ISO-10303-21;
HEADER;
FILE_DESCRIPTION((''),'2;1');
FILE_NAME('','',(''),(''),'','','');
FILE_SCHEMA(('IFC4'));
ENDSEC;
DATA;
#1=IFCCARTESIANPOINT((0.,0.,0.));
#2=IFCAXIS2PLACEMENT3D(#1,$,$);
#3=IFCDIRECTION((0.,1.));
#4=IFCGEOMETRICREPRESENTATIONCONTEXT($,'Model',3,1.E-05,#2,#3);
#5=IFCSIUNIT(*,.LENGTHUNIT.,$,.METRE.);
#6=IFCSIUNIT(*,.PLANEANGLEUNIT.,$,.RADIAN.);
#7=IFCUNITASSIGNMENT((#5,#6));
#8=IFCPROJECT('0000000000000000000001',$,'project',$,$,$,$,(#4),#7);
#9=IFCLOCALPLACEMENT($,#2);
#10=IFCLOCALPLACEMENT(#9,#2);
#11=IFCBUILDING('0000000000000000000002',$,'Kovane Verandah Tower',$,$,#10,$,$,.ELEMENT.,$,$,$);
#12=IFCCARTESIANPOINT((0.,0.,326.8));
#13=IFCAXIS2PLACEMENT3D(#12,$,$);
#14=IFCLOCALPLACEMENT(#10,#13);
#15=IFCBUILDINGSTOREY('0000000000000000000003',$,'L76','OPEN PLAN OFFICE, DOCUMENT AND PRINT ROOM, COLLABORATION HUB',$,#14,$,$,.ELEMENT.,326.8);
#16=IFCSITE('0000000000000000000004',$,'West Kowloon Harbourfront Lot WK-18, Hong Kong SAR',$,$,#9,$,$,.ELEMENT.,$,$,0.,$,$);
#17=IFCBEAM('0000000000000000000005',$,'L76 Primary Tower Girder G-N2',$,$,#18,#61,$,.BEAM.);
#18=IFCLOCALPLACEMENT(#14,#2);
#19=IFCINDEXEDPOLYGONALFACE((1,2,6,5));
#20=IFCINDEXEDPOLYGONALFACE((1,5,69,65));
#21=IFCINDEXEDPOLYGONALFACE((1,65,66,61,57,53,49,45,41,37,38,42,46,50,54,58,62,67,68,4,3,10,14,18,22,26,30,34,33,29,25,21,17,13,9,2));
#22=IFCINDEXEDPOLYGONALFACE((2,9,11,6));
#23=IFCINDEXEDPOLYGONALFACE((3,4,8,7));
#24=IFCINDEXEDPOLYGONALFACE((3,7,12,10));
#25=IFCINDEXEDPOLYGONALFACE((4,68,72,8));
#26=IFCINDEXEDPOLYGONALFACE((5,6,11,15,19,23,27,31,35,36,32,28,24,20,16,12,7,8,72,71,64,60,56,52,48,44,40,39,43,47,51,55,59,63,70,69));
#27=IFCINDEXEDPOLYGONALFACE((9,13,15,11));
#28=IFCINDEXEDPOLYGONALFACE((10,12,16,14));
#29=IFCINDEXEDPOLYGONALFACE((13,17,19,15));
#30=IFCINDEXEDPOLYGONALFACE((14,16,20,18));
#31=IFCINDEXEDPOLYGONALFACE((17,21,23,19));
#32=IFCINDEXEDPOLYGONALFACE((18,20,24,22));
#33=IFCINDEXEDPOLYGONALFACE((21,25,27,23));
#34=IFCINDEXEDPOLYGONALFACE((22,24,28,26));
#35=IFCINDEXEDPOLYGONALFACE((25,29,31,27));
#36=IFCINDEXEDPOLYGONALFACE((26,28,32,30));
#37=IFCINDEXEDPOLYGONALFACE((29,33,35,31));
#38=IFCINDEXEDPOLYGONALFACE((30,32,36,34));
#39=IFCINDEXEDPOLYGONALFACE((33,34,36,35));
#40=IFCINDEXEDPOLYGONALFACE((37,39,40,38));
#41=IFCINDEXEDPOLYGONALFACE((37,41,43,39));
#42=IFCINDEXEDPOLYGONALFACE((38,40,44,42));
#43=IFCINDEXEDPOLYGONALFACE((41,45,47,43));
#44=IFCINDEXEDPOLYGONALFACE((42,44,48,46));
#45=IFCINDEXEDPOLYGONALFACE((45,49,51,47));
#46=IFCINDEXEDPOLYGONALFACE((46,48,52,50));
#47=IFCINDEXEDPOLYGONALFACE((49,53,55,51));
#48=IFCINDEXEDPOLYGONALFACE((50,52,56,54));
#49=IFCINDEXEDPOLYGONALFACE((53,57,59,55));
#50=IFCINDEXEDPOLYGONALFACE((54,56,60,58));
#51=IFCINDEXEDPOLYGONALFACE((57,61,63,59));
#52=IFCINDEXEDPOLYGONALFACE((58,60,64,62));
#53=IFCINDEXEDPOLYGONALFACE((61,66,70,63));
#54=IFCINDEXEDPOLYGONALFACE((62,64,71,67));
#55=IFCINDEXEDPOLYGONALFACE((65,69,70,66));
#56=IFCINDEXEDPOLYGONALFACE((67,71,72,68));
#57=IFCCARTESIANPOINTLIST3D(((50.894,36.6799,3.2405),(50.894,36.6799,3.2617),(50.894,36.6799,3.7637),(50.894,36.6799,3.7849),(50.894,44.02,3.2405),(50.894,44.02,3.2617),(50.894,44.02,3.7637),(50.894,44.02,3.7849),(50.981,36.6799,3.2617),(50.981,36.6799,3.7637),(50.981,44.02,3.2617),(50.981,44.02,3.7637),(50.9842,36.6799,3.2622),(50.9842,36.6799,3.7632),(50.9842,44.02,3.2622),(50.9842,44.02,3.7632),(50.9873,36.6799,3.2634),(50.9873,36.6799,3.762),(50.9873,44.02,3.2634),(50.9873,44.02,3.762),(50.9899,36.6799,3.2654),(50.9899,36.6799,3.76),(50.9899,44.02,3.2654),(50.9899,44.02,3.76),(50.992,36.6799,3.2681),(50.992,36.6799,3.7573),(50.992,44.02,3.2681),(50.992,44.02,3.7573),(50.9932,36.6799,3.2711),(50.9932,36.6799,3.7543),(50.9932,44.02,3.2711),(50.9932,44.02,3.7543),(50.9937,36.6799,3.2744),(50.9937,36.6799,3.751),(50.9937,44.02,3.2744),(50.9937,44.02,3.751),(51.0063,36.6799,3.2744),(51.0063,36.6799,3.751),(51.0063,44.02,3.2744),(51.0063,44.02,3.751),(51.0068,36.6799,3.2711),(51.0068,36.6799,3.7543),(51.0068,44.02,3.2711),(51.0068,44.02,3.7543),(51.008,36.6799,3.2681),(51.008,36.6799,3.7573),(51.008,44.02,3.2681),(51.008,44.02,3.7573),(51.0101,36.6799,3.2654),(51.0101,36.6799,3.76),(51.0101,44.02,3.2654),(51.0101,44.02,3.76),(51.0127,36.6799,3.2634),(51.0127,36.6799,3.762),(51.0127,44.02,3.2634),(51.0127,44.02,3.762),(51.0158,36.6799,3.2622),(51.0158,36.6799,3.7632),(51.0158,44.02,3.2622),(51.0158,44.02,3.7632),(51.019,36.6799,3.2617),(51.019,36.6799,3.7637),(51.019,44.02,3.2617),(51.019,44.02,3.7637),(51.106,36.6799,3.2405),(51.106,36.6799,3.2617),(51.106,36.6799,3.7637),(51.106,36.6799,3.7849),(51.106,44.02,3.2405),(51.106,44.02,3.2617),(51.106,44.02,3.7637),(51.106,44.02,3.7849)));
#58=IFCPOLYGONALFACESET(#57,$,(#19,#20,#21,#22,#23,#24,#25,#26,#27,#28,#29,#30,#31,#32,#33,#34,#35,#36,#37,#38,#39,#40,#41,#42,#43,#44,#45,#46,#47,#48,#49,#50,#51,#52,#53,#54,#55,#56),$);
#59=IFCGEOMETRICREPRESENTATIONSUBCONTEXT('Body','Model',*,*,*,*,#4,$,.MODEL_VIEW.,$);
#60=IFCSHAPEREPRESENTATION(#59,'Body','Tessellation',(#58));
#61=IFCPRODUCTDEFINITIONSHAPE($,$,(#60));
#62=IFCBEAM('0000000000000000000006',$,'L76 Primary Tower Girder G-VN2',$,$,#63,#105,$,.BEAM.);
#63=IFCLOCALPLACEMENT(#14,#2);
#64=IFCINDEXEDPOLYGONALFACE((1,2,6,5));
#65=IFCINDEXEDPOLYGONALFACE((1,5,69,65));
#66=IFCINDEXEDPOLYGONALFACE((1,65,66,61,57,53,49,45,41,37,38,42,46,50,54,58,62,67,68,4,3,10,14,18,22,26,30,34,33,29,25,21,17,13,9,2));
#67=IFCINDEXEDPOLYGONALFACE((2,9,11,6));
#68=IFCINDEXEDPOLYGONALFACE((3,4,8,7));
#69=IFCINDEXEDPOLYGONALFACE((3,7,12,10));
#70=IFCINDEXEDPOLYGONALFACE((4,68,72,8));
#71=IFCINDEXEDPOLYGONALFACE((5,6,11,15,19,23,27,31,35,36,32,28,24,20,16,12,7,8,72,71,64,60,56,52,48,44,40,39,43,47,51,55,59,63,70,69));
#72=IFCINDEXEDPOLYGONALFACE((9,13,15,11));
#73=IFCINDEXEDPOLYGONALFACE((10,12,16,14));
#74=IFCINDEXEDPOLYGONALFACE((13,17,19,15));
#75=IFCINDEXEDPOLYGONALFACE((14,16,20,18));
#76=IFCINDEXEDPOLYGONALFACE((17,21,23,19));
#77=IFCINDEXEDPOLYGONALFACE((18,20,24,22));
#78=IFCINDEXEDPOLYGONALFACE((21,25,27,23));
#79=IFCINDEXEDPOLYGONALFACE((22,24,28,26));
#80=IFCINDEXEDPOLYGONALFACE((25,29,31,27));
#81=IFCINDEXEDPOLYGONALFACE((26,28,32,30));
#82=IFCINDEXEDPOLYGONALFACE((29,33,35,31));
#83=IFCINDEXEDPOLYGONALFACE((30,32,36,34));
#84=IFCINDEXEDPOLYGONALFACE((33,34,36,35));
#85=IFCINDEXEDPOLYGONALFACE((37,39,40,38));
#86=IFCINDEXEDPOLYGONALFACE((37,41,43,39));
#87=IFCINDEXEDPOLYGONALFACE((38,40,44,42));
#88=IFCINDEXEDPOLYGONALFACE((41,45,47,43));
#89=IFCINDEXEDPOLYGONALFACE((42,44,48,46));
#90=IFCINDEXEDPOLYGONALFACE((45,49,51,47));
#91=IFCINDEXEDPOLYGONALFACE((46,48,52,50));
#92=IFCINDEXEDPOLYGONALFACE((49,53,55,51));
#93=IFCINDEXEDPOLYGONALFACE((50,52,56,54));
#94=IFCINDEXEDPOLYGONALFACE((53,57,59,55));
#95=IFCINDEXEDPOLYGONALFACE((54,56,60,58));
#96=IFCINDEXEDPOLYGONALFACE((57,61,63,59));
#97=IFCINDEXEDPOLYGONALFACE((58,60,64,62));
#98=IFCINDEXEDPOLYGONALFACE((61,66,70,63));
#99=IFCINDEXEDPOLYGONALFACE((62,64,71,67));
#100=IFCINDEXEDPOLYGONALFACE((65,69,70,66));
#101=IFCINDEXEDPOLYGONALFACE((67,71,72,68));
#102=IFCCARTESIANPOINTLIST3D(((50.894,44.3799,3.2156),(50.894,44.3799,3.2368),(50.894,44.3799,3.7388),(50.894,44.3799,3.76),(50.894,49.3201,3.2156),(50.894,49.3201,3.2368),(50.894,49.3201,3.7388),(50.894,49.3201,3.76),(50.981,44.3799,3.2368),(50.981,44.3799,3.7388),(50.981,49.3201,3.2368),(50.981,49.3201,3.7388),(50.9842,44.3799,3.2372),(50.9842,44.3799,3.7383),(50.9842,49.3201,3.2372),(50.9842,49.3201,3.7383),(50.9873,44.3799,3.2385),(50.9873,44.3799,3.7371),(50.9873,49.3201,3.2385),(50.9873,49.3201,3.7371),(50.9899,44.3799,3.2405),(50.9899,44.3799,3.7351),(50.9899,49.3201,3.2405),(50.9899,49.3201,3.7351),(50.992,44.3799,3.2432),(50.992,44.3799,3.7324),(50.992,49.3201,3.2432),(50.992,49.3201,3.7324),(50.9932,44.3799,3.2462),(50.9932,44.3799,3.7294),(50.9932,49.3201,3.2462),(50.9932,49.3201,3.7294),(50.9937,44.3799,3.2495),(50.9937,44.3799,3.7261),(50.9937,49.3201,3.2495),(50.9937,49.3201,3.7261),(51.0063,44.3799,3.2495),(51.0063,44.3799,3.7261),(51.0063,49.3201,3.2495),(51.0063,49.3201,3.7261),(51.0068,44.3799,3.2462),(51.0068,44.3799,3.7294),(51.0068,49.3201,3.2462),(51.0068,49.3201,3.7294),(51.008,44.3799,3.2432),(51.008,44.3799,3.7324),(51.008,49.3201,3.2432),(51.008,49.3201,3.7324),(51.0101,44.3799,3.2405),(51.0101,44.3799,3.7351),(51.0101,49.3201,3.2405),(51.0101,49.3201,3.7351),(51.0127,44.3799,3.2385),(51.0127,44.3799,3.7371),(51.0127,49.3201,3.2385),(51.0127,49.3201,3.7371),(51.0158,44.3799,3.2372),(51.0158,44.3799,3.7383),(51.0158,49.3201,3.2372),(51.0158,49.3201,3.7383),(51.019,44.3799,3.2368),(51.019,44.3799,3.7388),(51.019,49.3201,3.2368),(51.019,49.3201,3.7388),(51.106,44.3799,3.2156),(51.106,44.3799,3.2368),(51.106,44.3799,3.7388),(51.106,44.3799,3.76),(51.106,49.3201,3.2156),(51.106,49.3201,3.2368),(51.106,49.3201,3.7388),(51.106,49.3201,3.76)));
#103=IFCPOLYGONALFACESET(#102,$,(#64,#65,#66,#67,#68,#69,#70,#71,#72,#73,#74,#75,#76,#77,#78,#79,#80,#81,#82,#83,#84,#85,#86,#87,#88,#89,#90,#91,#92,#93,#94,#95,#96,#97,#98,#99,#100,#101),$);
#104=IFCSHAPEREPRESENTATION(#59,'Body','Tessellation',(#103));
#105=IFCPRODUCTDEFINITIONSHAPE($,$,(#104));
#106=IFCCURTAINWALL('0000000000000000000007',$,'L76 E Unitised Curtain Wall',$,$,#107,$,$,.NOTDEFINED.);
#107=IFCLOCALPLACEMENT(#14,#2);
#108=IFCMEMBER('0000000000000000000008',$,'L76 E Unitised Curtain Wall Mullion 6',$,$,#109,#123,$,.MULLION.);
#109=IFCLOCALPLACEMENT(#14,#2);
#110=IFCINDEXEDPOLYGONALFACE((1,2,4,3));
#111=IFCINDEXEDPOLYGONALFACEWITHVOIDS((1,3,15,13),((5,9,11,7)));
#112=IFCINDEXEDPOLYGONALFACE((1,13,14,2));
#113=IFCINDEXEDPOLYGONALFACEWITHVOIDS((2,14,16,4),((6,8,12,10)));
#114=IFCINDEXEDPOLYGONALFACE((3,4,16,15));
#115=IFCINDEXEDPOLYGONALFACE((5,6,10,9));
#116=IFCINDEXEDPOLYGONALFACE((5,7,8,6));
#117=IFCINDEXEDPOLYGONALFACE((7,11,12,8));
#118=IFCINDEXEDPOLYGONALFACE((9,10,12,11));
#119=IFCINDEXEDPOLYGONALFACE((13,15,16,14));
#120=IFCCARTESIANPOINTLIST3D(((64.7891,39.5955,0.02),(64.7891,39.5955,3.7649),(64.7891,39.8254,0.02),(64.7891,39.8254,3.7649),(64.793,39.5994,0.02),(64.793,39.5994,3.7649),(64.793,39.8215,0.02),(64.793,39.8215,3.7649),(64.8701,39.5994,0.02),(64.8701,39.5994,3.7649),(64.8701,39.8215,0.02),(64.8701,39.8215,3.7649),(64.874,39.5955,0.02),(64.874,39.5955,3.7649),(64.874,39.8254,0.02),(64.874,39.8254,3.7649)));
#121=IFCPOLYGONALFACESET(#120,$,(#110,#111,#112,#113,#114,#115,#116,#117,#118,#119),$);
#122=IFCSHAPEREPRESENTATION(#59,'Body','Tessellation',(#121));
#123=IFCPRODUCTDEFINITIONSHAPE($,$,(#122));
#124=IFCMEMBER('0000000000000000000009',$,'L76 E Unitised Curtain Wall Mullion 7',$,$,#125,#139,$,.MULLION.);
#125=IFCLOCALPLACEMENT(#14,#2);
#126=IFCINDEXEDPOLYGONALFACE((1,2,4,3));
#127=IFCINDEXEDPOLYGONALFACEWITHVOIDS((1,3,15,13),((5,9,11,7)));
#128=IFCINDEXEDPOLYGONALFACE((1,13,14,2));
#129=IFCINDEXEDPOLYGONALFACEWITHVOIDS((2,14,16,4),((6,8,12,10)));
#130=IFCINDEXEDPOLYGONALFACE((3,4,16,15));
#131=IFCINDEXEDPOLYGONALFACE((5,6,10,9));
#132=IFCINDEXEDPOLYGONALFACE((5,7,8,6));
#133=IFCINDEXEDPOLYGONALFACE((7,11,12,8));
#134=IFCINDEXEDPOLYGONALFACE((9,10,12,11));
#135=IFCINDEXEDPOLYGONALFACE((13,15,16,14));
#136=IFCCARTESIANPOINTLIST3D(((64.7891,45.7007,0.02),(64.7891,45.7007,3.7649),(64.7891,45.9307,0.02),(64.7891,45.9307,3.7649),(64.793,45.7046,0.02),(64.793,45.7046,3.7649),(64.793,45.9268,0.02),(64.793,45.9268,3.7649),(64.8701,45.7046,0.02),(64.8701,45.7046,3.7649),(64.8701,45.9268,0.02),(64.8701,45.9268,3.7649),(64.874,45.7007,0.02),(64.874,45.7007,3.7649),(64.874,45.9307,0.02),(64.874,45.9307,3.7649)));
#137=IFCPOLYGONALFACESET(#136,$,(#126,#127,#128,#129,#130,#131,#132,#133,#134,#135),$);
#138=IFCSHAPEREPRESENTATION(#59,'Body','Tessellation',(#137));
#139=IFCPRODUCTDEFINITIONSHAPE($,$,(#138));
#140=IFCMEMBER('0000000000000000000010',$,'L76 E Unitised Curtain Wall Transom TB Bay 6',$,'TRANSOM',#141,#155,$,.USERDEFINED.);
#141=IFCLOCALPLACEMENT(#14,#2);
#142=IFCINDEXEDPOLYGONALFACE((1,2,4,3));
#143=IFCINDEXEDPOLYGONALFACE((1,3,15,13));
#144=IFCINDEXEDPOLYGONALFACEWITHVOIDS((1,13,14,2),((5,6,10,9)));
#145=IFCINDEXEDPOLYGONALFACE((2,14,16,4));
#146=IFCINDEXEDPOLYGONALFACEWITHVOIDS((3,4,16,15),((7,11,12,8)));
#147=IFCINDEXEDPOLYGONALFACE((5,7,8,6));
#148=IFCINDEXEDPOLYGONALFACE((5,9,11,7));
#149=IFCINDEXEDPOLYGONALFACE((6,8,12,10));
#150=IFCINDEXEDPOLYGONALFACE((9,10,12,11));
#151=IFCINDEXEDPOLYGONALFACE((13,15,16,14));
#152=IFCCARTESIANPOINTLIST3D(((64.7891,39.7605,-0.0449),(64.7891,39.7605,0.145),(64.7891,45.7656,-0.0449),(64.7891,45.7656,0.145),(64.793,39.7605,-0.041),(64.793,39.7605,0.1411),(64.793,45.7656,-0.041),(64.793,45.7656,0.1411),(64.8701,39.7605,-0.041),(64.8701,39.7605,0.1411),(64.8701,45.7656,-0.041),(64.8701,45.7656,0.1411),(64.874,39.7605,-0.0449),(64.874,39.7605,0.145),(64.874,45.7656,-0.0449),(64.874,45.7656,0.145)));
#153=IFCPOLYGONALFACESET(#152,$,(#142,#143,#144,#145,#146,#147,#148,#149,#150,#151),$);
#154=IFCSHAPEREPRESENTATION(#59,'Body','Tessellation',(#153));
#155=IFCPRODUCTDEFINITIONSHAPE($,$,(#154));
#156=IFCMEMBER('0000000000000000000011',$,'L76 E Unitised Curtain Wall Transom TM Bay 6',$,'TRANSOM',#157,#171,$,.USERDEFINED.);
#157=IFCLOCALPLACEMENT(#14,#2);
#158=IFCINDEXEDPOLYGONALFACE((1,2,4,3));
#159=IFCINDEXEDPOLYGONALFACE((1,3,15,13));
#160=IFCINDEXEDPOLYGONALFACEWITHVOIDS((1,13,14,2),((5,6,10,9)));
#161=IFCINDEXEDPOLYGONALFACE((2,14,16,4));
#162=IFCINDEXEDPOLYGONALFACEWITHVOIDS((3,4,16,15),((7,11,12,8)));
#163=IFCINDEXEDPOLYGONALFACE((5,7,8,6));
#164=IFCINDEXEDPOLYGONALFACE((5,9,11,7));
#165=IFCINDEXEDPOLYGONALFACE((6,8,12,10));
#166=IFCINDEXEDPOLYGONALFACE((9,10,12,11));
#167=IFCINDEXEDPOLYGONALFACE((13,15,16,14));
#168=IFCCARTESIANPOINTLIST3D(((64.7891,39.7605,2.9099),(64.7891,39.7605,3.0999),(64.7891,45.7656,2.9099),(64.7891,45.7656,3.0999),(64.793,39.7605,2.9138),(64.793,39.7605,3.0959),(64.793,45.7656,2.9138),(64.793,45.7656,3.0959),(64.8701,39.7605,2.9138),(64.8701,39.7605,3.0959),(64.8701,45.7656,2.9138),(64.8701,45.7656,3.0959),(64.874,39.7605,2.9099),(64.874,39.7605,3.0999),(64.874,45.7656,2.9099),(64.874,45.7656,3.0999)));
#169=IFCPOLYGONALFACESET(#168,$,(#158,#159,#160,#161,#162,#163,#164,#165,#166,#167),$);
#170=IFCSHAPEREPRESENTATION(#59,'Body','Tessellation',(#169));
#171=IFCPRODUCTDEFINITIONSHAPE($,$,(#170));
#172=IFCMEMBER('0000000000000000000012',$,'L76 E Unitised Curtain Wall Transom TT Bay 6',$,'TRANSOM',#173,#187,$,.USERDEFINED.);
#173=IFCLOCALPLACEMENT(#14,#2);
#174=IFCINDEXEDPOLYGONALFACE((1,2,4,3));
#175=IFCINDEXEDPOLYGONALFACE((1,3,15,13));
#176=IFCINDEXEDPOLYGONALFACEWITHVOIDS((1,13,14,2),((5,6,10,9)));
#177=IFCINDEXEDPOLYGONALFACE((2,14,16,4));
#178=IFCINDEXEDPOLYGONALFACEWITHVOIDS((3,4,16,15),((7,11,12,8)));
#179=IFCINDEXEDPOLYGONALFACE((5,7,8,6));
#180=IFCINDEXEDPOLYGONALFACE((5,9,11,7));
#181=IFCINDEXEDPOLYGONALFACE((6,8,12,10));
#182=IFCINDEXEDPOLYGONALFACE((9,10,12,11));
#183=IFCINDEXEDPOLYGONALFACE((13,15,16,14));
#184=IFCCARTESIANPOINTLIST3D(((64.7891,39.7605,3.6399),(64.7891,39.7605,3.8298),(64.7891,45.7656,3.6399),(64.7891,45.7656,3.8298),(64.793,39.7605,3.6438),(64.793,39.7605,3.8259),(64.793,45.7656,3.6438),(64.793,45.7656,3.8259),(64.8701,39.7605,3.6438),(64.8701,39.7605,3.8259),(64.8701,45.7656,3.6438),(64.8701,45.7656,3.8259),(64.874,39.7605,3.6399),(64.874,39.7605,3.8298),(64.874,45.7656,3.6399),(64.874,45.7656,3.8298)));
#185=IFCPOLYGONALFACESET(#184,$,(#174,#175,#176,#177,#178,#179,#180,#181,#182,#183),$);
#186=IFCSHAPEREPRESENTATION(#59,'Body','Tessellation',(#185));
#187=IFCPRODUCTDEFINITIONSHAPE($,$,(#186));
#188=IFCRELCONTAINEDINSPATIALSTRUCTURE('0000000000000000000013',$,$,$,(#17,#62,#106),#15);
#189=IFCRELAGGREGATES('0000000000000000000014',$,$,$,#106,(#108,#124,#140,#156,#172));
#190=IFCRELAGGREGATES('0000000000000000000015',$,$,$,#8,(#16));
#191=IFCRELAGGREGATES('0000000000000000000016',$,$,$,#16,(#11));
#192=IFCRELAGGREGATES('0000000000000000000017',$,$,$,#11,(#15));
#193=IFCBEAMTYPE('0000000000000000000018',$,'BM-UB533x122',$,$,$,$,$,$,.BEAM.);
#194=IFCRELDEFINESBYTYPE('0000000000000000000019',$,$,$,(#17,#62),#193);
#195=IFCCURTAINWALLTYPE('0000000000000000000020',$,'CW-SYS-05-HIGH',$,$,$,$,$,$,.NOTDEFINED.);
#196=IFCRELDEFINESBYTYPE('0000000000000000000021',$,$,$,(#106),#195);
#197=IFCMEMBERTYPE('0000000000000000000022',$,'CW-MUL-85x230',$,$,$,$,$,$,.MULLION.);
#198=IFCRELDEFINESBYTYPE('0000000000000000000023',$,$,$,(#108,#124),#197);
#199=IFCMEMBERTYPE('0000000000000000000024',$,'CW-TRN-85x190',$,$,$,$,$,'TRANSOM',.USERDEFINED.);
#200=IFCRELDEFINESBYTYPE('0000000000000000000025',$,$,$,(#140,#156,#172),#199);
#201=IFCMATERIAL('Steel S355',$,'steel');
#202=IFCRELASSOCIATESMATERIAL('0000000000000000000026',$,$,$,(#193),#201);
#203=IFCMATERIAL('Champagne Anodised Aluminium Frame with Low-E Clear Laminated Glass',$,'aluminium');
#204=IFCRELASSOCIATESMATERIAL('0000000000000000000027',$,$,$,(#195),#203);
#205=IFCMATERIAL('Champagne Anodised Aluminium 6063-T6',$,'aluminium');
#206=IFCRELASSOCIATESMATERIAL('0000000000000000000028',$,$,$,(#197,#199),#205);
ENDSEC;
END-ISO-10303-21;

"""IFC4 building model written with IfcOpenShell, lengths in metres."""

from ifc_helpers import new_model, si_unit, direction, frame, origin, origin_2d, place, context, subcontext, project, spatial, hollow_rectangle, i_section, extrude, material, material_profile, profile_set, type_object, element, aggregate, save


model = new_model("IFC4")

# Units and contexts
model_context = context("Model", 3, precision=1e-05, world=origin(), true_north=direction((0.0, 1.0)))
body_context = subcontext(model_context, "Body", "Model", "MODEL_VIEW")
ifc_project = project(units=[si_unit("LENGTHUNIT", "METRE"), si_unit("PLANEANGLEUNIT", "RADIAN")], contexts=[model_context])

# Site, building, storey
site_placement = place(None, origin())
site = spatial("IfcSite", under=ifc_project, at=site_placement, Name="West Kowloon Harbourfront Lot WK-18, Hong Kong SAR", CompositionType="ELEMENT", RefElevation=0.0)
building_placement = place(site_placement, origin())
building = spatial("IfcBuilding", under=site, at=building_placement, Name="Kovane Verandah Tower", CompositionType="ELEMENT")
storey_placement = place(building_placement, frame((0.0, 0.0, 326.8)))
storey = spatial("IfcBuildingStorey", under=building, at=storey_placement, Name="L76", Description="OPEN PLAN OFFICE, DOCUMENT AND PRINT ROOM, COLLABORATION HUB", CompositionType="ELEMENT", Elevation=326.8)

# Beams
ifc_material_1 = material(Name="Steel S355", Category="steel")
ifc_material_profile_1 = material_profile(ifc_material_1, i_section(OverallWidth=0.2119, OverallDepth=0.5444, WebThickness=0.0127, FlangeThickness=0.0212, FilletRadius=0.0127, at=origin_2d()), Name="UB533x210x122")
ifc_profile_set_1 = profile_set([ifc_material_profile_1], Name="Steel S355")
beam_type_1 = type_object("IfcBeamType", Name="BM-UB533x122", PredefinedType="BEAM", material=ifc_profile_set_1)
for number, where, z_axis, x_axis, name in (
    (1, (51.0, 36.6799, 3.5127), (0.0, 1.0, 0.0), (-1.0, 0.0, 0.0), "L76 Primary Tower Girder G-N2"),
):
    element("IfcBeam", number, at=place(storey_placement, frame(where, z_axis=z_axis, x_axis=x_axis)), inside=storey, type_object=beam_type_1, Name=name, PredefinedType="BEAM", context=body_context, shape_type="SweptSolid", body=[
        extrude(i_section(OverallWidth=0.2119, OverallDepth=0.5444, WebThickness=0.0127, FlangeThickness=0.0212, FilletRadius=0.0127, at=origin_2d()), origin(), (0.0, 0.0, 1.0), 7.3401),
    ])
beam_1_placement = place(storey_placement, frame((51.0, 44.3799, 3.4878), z_axis=(0.0, 1.0, 0.0), x_axis=(-1.0, 0.0, 0.0)))
element("IfcBeam", 2, at=beam_1_placement, inside=storey, type_object=beam_type_1, Name="L76 Primary Tower Girder G-VN2", PredefinedType="BEAM", context=body_context, shape_type="SweptSolid", body=[
    extrude(i_section(OverallWidth=0.2119, OverallDepth=0.5444, WebThickness=0.0127, FlangeThickness=0.0212, FilletRadius=0.0127, at=origin_2d()), origin(), (0.0, 0.0, 1.0), 4.9402),
])

# Curtain wall, members
ifc_material_2 = material(Name="Champagne Anodised Aluminium Frame with Low-E Clear Laminated Glass", Category="aluminium")
curtain_wall_type = type_object("IfcCurtainWallType", Name="CW-SYS-05-HIGH", PredefinedType="NOTDEFINED", material=ifc_material_2)
curtain_wall_placement = place(storey_placement, origin())
curtain_wall = element("IfcCurtainWall", 3, at=curtain_wall_placement, inside=storey, type_object=curtain_wall_type, Name="L76 E Unitised Curtain Wall", PredefinedType="NOTDEFINED")
ifc_material_3 = material(Name="Champagne Anodised Aluminium 6063-T6", Category="aluminium")
ifc_material_profile_2 = material_profile(ifc_material_3, hollow_rectangle(XDim=0.085, YDim=0.23, WallThickness=0.0039, at=origin_2d()), Name="AL85x230x4")
ifc_profile_set_2 = profile_set([ifc_material_profile_2], Name="Champagne Anodised Aluminium 6063-T6")
member_type_1 = type_object("IfcMemberType", Name="CW-MUL-85x230", PredefinedType="MULLION", material=ifc_profile_set_2)
member_1_placement = place(storey_placement, frame((64.8315, 39.7104, 0.02), z_axis=(0.0, 0.0, 1.0), x_axis=(1.0, 0.0, 0.0)))
member_1 = element("IfcMember", 4, at=member_1_placement, type_object=member_type_1, Name="L76 E Unitised Curtain Wall Mullion 6", PredefinedType="MULLION", context=body_context, shape_type="SweptSolid", body=[
    extrude(hollow_rectangle(XDim=0.085, YDim=0.23, WallThickness=0.0039, at=origin_2d()), origin(), (0.0, 0.0, 1.0), 3.7449),
])
member_2_placement = place(storey_placement, frame((64.8315, 45.8157, 0.02), z_axis=(0.0, 0.0, 1.0), x_axis=(1.0, 0.0, 0.0)))
member_2 = element("IfcMember", 5, at=member_2_placement, type_object=member_type_1, Name="L76 E Unitised Curtain Wall Mullion 7", PredefinedType="MULLION", context=body_context, shape_type="SweptSolid", body=[
    extrude(hollow_rectangle(XDim=0.085, YDim=0.23, WallThickness=0.0039, at=origin_2d()), origin(), (0.0, 0.0, 1.0), 3.7449),
])
ifc_material_profile_3 = material_profile(ifc_material_3, hollow_rectangle(XDim=0.085, YDim=0.1899, WallThickness=0.0039, at=origin_2d()), Name="AL85x190x4")
ifc_profile_set_3 = profile_set([ifc_material_profile_3], Name="Champagne Anodised Aluminium 6063-T6")
member_type_2 = type_object("IfcMemberType", Name="CW-TRN-85x190", ElementType="TRANSOM", PredefinedType="USERDEFINED", material=ifc_profile_set_3)
member_3_placement = place(storey_placement, frame((64.8315, 39.7605, 0.05), z_axis=(0.0, 1.0, 0.0), x_axis=(-1.0, 0.0, 0.0)))
member_3 = element("IfcMember", 6, at=member_3_placement, type_object=member_type_2, Name="L76 E Unitised Curtain Wall Transom TB Bay 6", ObjectType="TRANSOM", PredefinedType="USERDEFINED", context=body_context, shape_type="SweptSolid", body=[
    extrude(hollow_rectangle(XDim=0.085, YDim=0.1899, WallThickness=0.0039, at=origin_2d()), origin(), (0.0, 0.0, 1.0), 6.0051),
])
member_4_placement = place(storey_placement, frame((64.8315, 39.7605, 3.0049), z_axis=(0.0, 1.0, 0.0), x_axis=(-1.0, 0.0, 0.0)))
member_4 = element("IfcMember", 7, at=member_4_placement, type_object=member_type_2, Name="L76 E Unitised Curtain Wall Transom TM Bay 6", ObjectType="TRANSOM", PredefinedType="USERDEFINED", context=body_context, shape_type="SweptSolid", body=[
    extrude(hollow_rectangle(XDim=0.085, YDim=0.1899, WallThickness=0.0039, at=origin_2d()), origin(), (0.0, 0.0, 1.0), 6.0051),
])
member_5_placement = place(storey_placement, frame((64.8315, 39.7605, 3.7349), z_axis=(0.0, 1.0, 0.0), x_axis=(-1.0, 0.0, 0.0)))
member_5 = element("IfcMember", 8, at=member_5_placement, type_object=member_type_2, Name="L76 E Unitised Curtain Wall Transom TT Bay 6", ObjectType="TRANSOM", PredefinedType="USERDEFINED", context=body_context, shape_type="SweptSolid", body=[
    extrude(hollow_rectangle(XDim=0.085, YDim=0.1899, WallThickness=0.0039, at=origin_2d()), origin(), (0.0, 0.0, 1.0), 6.0051),
])

aggregate(curtain_wall, [member_1, member_2, member_3, member_4, member_5])

save(model, "model.ifc")
